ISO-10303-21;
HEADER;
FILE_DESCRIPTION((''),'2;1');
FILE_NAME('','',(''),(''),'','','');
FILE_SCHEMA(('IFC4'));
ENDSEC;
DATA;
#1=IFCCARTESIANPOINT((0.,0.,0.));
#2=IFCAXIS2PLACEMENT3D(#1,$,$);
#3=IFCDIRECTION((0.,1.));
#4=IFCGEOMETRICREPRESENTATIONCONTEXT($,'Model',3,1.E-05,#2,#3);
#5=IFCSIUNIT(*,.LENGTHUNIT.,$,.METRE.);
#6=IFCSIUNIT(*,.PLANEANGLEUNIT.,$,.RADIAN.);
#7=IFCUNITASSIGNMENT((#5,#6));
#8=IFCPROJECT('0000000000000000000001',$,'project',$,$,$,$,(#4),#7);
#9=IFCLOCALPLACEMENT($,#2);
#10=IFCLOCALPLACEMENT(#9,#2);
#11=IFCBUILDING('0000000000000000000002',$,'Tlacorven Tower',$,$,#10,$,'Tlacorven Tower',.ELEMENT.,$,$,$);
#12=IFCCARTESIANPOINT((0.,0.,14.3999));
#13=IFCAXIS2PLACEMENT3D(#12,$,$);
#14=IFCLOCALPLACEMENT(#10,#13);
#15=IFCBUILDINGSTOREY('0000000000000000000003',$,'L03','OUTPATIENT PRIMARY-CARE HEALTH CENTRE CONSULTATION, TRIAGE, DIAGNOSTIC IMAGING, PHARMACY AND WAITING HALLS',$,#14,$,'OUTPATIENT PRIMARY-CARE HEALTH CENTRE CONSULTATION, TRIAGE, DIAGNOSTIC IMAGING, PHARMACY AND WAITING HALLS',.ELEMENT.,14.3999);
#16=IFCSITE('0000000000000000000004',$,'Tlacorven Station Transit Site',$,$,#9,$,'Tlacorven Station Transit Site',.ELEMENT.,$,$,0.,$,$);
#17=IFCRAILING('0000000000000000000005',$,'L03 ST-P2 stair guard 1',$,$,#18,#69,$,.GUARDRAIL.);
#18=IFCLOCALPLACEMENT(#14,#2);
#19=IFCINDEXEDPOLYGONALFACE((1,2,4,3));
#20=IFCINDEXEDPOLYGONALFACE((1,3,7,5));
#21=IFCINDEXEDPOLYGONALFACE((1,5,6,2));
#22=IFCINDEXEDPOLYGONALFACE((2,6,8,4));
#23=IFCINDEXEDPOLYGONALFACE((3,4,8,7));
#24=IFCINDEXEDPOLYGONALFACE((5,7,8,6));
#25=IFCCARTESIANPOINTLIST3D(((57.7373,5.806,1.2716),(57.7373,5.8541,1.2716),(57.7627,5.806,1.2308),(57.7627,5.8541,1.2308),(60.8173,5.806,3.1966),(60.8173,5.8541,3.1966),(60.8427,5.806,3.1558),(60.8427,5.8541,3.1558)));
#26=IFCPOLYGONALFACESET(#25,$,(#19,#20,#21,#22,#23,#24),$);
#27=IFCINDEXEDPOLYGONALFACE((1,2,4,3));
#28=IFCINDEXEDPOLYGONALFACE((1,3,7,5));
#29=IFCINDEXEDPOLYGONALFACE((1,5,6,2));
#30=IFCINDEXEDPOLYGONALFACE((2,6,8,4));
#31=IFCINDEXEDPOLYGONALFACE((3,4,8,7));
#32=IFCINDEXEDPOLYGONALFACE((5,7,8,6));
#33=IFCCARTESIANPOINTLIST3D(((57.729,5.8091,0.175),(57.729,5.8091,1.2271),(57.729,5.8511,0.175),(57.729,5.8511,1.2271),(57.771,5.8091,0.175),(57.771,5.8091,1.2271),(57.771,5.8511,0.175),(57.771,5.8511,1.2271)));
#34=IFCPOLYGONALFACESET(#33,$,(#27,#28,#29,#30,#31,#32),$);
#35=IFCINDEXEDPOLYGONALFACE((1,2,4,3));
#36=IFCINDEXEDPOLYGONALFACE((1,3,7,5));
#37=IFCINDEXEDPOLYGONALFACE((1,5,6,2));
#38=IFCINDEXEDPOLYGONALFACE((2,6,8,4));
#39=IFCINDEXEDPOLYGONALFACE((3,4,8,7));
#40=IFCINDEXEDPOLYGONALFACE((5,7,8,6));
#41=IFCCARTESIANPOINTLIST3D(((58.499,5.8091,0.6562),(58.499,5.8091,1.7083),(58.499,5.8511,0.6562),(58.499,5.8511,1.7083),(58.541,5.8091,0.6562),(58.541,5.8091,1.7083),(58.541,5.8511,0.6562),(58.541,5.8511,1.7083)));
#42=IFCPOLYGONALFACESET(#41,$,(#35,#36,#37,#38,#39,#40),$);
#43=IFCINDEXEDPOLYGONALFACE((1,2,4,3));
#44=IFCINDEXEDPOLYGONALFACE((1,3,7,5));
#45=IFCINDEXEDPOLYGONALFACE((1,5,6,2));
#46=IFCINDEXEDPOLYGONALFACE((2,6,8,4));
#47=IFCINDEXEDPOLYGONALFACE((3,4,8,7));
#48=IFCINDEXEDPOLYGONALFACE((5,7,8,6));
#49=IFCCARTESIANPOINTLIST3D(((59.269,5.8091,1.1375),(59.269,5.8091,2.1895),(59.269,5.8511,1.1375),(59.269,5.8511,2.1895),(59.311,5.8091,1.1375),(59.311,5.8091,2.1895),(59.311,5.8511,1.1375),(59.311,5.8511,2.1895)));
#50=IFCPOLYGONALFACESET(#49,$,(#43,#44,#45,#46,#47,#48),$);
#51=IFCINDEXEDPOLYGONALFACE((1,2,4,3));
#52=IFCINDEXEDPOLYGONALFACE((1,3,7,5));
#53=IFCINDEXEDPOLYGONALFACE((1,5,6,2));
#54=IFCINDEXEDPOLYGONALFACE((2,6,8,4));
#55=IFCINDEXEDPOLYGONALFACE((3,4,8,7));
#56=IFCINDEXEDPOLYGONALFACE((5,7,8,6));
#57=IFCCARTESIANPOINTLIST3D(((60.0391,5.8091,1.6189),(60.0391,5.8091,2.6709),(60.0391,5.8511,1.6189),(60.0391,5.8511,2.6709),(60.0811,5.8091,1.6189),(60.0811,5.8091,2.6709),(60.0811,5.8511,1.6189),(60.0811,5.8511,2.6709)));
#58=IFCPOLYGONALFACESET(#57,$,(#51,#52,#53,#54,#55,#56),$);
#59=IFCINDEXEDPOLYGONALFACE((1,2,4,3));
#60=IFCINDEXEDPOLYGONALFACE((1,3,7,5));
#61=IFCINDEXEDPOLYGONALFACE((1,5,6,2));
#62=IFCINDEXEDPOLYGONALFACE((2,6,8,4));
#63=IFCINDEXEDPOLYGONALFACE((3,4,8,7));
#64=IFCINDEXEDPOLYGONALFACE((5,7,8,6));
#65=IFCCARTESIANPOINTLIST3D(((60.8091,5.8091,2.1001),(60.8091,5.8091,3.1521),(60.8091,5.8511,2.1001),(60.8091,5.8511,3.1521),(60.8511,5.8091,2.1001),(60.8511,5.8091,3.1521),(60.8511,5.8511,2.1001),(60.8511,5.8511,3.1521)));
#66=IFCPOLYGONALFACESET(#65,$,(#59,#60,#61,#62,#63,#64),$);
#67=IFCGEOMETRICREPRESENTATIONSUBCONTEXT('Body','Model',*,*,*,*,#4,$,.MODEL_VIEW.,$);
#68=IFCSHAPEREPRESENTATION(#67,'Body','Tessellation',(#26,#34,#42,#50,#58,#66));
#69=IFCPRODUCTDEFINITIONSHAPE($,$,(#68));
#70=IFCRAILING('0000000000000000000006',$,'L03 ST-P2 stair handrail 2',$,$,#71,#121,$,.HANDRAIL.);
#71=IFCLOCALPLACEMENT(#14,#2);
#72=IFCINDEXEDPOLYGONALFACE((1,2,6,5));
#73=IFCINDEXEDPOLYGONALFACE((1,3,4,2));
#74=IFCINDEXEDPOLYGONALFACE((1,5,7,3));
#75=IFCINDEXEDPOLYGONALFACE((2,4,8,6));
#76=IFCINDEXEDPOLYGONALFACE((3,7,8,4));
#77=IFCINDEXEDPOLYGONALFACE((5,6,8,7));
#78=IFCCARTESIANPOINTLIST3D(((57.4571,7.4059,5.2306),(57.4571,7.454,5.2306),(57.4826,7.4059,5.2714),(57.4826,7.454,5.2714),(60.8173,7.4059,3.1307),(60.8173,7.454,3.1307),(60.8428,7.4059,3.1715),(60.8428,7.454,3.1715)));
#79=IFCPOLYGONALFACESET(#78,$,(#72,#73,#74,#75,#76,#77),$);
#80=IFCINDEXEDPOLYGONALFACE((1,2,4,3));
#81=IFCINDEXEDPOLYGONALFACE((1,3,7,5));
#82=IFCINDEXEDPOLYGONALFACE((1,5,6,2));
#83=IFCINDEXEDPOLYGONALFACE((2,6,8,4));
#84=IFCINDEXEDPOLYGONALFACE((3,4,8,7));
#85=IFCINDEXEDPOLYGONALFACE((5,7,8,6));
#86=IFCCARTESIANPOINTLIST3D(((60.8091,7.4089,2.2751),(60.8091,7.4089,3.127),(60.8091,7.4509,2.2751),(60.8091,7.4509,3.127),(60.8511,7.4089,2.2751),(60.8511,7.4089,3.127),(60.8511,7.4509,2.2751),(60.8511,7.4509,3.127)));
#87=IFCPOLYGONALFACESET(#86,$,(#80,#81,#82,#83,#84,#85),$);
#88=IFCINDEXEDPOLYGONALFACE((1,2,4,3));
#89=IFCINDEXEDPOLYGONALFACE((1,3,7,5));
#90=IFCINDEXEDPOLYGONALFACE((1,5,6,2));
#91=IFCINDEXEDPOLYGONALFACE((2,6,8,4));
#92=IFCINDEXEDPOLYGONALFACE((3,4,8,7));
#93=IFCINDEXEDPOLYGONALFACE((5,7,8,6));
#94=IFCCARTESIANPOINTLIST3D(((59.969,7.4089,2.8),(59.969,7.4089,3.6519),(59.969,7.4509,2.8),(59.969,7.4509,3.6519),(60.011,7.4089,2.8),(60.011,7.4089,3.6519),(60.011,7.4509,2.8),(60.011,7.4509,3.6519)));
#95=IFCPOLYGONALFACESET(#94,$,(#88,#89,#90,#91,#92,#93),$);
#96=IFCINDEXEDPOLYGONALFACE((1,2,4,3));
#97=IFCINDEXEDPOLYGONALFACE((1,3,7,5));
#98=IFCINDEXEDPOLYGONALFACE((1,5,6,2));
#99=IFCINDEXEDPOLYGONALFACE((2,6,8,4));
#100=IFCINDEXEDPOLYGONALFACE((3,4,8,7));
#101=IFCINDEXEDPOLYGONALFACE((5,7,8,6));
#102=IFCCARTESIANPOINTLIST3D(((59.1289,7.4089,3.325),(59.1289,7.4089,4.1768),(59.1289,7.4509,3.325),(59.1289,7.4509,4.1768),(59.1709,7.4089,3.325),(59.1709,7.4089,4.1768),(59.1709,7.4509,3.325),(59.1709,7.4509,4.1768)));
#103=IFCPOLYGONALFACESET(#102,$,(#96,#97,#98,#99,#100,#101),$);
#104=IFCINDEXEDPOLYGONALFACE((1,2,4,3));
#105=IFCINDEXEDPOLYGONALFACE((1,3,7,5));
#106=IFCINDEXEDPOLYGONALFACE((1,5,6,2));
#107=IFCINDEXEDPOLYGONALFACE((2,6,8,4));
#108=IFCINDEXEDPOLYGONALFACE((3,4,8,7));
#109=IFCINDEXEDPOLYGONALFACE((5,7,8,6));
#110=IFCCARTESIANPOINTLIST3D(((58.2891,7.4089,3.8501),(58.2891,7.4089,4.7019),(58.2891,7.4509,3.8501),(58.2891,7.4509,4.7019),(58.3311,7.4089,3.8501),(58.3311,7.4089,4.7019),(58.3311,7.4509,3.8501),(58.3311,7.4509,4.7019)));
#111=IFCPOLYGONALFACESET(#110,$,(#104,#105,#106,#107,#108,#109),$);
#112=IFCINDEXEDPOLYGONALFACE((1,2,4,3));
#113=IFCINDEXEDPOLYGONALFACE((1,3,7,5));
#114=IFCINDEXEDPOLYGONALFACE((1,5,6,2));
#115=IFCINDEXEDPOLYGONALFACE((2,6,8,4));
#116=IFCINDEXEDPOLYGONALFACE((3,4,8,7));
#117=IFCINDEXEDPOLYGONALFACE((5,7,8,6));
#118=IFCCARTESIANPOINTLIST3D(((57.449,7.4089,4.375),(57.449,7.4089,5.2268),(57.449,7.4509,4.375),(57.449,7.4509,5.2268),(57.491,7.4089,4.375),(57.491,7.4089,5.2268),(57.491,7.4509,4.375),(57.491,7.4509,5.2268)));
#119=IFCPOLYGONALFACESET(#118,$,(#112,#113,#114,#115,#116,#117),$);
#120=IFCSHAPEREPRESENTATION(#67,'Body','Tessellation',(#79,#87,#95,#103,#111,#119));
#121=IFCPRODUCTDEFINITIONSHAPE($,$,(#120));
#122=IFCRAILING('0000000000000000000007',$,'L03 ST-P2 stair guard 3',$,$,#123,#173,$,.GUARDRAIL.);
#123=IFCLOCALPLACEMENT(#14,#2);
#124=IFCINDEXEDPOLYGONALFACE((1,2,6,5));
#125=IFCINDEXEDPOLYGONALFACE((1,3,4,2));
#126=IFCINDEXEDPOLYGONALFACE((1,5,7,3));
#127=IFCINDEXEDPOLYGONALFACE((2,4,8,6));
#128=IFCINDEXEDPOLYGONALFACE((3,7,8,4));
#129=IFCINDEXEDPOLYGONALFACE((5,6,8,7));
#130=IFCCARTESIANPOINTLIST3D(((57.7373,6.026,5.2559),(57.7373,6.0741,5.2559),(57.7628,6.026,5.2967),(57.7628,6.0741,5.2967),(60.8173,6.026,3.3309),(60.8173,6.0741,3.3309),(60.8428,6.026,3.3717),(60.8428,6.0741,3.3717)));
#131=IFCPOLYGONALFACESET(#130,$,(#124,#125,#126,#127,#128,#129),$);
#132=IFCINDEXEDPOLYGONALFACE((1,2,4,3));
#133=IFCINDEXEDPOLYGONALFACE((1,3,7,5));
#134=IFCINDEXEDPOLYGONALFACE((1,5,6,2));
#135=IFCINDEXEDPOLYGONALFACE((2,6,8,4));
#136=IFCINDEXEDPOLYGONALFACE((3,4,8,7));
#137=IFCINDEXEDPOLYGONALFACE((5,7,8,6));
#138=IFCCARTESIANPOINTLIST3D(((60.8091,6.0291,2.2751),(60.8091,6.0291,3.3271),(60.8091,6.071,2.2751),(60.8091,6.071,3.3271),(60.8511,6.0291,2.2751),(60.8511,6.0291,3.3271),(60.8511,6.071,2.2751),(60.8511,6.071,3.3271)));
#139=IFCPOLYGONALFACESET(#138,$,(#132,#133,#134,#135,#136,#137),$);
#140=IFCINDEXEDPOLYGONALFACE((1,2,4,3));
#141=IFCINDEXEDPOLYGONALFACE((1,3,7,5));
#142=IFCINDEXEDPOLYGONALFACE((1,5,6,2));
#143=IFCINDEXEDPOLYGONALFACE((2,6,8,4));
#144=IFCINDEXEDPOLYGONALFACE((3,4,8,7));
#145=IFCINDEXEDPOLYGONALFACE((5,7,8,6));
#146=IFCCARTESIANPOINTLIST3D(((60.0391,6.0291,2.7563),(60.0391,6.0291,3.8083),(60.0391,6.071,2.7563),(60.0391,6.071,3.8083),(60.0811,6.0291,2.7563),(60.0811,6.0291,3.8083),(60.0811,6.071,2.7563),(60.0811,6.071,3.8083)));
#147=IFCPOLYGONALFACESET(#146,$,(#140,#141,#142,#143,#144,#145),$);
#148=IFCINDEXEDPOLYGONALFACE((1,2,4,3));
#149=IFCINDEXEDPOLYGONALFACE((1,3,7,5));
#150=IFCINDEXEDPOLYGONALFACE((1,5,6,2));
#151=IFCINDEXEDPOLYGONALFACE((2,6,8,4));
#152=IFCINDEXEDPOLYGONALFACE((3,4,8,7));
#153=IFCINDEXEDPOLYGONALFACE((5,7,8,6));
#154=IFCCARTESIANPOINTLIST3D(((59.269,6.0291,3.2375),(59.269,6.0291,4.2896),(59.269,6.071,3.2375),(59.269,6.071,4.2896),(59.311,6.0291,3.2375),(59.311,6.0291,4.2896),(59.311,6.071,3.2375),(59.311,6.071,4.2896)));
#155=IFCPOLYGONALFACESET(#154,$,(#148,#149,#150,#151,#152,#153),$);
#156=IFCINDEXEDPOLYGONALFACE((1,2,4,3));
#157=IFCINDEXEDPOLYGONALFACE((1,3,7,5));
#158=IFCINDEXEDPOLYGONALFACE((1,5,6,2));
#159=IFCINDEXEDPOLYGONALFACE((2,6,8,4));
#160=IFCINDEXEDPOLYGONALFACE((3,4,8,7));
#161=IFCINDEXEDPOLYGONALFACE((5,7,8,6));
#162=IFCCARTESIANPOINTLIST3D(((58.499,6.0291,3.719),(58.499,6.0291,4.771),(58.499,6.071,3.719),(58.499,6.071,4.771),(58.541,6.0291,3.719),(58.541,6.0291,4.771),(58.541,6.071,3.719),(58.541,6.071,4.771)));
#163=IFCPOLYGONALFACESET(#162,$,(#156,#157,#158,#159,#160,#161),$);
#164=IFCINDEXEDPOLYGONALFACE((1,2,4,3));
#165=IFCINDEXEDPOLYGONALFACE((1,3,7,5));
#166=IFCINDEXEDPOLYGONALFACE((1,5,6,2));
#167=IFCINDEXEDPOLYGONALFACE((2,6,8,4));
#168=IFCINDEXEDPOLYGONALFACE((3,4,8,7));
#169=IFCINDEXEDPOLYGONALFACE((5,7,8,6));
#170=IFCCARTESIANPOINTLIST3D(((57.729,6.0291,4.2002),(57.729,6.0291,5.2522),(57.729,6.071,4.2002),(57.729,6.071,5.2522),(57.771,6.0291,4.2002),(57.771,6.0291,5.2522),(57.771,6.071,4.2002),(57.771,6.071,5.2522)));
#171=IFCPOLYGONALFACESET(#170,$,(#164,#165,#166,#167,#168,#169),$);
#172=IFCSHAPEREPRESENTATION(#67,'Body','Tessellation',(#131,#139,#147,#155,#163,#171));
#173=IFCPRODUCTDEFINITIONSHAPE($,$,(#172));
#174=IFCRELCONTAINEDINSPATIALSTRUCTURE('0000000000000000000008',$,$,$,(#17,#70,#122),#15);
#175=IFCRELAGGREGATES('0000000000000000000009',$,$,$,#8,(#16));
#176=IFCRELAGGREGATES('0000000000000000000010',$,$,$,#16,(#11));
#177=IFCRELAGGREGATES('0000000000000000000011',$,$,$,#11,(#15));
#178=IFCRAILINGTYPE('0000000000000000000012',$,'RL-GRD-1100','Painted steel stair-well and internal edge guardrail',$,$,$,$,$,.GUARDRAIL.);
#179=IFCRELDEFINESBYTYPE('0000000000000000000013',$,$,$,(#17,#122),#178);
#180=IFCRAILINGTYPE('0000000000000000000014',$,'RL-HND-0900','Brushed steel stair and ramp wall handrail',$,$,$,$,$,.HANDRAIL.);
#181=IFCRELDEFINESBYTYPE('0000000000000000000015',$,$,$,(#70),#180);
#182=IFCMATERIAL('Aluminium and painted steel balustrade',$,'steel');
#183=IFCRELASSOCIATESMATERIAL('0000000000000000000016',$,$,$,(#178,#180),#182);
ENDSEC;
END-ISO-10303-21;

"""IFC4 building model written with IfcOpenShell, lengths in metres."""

from ifc_helpers import new_model, si_unit, direction, frame, origin, origin_2d, place, context, subcontext, project, spatial, rectangle, extrude, source, transform, mapped, material, type_object, element, save


model = new_model("IFC4")

# Units and contexts
model_context = context("Model", 3, precision=1e-05, world=origin(), true_north=direction((0.0, 1.0)))
body_context = subcontext(model_context, "Body", "Model", "MODEL_VIEW")
ifc_project = project(units=[si_unit("LENGTHUNIT", "METRE"), si_unit("PLANEANGLEUNIT", "RADIAN")], contexts=[model_context])

# Site, building, storey
site_placement = place(None, origin())
site = spatial("IfcSite", under=ifc_project, at=site_placement, Name="Tlacorven Station Transit Site", LongName="Tlacorven Station Transit Site", CompositionType="ELEMENT", RefElevation=0.0)
building_placement = place(site_placement, origin())
building = spatial("IfcBuilding", under=site, at=building_placement, Name="Tlacorven Tower", LongName="Tlacorven Tower", CompositionType="ELEMENT")
storey_placement = place(building_placement, frame((0.0, 0.0, 14.3999)))
storey = spatial("IfcBuildingStorey", under=building, at=storey_placement, Name="L03", Description="OUTPATIENT PRIMARY-CARE HEALTH CENTRE CONSULTATION, TRIAGE, DIAGNOSTIC IMAGING, PHARMACY AND WAITING HALLS", LongName="OUTPATIENT PRIMARY-CARE HEALTH CENTRE CONSULTATION, TRIAGE, DIAGNOSTIC IMAGING, PHARMACY AND WAITING HALLS", CompositionType="ELEMENT", Elevation=14.3999)

# Railings
ifc_material_1 = material(Name="Aluminium and painted steel balustrade", Category="steel")
railing_type_1 = type_object("IfcRailingType", Name="RL-GRD-1100", Description="Painted steel stair-well and internal edge guardrail", PredefinedType="GUARDRAIL", material=ifc_material_1)
shared_shape_1 = source(origin(), body_context, "Body", "SweptSolid", [
    extrude(rectangle(XDim=0.0481, YDim=0.0481, at=origin_2d()), frame((0.0, 0.0, 1.0762), z_axis=(0.847998, 0.0, 0.529999), x_axis=(0.0, 1.0, 0.0)), (0.0, 0.0, 1.0), 3.6321),
    extrude(rectangle(XDim=0.042, YDim=0.042, at=origin_2d()), origin(), (0.0, 0.0, 1.0), 1.052),
    extrude(rectangle(XDim=0.042, YDim=0.042, at=origin_2d()), frame((0.77, 0.0, 0.4812)), (0.0, 0.0, 1.0), 1.052),
    extrude(rectangle(XDim=0.042, YDim=0.042, at=origin_2d()), frame((1.54, 0.0, 0.9624)), (0.0, 0.0, 1.0), 1.052),
    extrude(rectangle(XDim=0.042, YDim=0.042, at=origin_2d()), frame((2.3101, 0.0, 1.4438)), (0.0, 0.0, 1.0), 1.052),
    extrude(rectangle(XDim=0.042, YDim=0.042, at=origin_2d()), frame((3.0801, 0.0, 1.925)), (0.0, 0.0, 1.0), 1.052),
])
railing_1_placement = place(storey_placement, frame((57.75, 5.8301, 0.175)))
element("IfcRailing", 1, at=railing_1_placement, inside=storey, type_object=railing_type_1, Name="L03 ST-P2 stair guard 1", PredefinedType="GUARDRAIL", context=body_context, shape_type="MappedRepresentation", body=[
    mapped(shared_shape_1, transform((0.0, 0.0, 0.0), scale=1.0)),
])
railing_type_2 = type_object("IfcRailingType", Name="RL-HND-0900", Description="Brushed steel stair and ramp wall handrail", PredefinedType="HANDRAIL", material=ifc_material_1)
shared_shape_2 = source(origin(), body_context, "Body", "SweptSolid", [
    extrude(rectangle(XDim=0.0481, YDim=0.0481, at=origin_2d()), frame((0.0, 0.0, 0.876), z_axis=(-0.848023, 0.0, 0.52996), x_axis=(0.0, -1.0, 0.0)), (0.0, 0.0, 1.0), 3.9624),
    extrude(rectangle(XDim=0.042, YDim=0.042, at=origin_2d()), origin(), (0.0, 0.0, 1.0), 0.8518),
    extrude(rectangle(XDim=0.042, YDim=0.042, at=origin_2d()), frame((-0.8401, 0.0, 0.5249)), (0.0, 0.0, 1.0), 0.8518),
    extrude(rectangle(XDim=0.042, YDim=0.042, at=origin_2d()), frame((-1.6802, 0.0, 1.0498)), (0.0, 0.0, 1.0), 0.8518),
    extrude(rectangle(XDim=0.042, YDim=0.042, at=origin_2d()), frame((-2.52, 0.0, 1.575)), (0.0, 0.0, 1.0), 0.8518),
    extrude(rectangle(XDim=0.042, YDim=0.042, at=origin_2d()), frame((-3.3601, 0.0, 2.0999)), (0.0, 0.0, 1.0), 0.8518),
])
railing_2_placement = place(storey_placement, frame((60.8301, 7.4299, 2.2751)))
element("IfcRailing", 2, at=railing_2_placement, inside=storey, type_object=railing_type_2, Name="L03 ST-P2 stair handrail 2", PredefinedType="HANDRAIL", context=body_context, shape_type="MappedRepresentation", body=[
    mapped(shared_shape_2, transform((0.0, 0.0, 0.0), scale=1.0)),
])
shared_shape_3 = source(origin(), body_context, "Body", "SweptSolid", [
    extrude(rectangle(XDim=0.0481, YDim=0.0481, at=origin_2d()), frame((0.0, 0.0, 1.0762), z_axis=(-0.847998, 0.0, 0.529999), x_axis=(0.0, -1.0, 0.0)), (0.0, 0.0, 1.0), 3.6321),
    extrude(rectangle(XDim=0.042, YDim=0.042, at=origin_2d()), origin(), (0.0, 0.0, 1.0), 1.052),
    extrude(rectangle(XDim=0.042, YDim=0.042, at=origin_2d()), frame((-0.77, 0.0, 0.4812)), (0.0, 0.0, 1.0), 1.052),
    extrude(rectangle(XDim=0.042, YDim=0.042, at=origin_2d()), frame((-1.54, 0.0, 0.9624)), (0.0, 0.0, 1.0), 1.052),
    extrude(rectangle(XDim=0.042, YDim=0.042, at=origin_2d()), frame((-2.3101, 0.0, 1.4438)), (0.0, 0.0, 1.0), 1.052),
    extrude(rectangle(XDim=0.042, YDim=0.042, at=origin_2d()), frame((-3.0801, 0.0, 1.925)), (0.0, 0.0, 1.0), 1.052),
])
railing_3_placement = place(storey_placement, frame((60.8301, 6.05, 2.2751)))
element("IfcRailing", 3, at=railing_3_placement, inside=storey, type_object=railing_type_1, Name="L03 ST-P2 stair guard 3", PredefinedType="GUARDRAIL", context=body_context, shape_type="MappedRepresentation", body=[
    mapped(shared_shape_3, transform((0.0, 0.0, 0.0), scale=1.0)),
])

save(model, "model.ifc")
